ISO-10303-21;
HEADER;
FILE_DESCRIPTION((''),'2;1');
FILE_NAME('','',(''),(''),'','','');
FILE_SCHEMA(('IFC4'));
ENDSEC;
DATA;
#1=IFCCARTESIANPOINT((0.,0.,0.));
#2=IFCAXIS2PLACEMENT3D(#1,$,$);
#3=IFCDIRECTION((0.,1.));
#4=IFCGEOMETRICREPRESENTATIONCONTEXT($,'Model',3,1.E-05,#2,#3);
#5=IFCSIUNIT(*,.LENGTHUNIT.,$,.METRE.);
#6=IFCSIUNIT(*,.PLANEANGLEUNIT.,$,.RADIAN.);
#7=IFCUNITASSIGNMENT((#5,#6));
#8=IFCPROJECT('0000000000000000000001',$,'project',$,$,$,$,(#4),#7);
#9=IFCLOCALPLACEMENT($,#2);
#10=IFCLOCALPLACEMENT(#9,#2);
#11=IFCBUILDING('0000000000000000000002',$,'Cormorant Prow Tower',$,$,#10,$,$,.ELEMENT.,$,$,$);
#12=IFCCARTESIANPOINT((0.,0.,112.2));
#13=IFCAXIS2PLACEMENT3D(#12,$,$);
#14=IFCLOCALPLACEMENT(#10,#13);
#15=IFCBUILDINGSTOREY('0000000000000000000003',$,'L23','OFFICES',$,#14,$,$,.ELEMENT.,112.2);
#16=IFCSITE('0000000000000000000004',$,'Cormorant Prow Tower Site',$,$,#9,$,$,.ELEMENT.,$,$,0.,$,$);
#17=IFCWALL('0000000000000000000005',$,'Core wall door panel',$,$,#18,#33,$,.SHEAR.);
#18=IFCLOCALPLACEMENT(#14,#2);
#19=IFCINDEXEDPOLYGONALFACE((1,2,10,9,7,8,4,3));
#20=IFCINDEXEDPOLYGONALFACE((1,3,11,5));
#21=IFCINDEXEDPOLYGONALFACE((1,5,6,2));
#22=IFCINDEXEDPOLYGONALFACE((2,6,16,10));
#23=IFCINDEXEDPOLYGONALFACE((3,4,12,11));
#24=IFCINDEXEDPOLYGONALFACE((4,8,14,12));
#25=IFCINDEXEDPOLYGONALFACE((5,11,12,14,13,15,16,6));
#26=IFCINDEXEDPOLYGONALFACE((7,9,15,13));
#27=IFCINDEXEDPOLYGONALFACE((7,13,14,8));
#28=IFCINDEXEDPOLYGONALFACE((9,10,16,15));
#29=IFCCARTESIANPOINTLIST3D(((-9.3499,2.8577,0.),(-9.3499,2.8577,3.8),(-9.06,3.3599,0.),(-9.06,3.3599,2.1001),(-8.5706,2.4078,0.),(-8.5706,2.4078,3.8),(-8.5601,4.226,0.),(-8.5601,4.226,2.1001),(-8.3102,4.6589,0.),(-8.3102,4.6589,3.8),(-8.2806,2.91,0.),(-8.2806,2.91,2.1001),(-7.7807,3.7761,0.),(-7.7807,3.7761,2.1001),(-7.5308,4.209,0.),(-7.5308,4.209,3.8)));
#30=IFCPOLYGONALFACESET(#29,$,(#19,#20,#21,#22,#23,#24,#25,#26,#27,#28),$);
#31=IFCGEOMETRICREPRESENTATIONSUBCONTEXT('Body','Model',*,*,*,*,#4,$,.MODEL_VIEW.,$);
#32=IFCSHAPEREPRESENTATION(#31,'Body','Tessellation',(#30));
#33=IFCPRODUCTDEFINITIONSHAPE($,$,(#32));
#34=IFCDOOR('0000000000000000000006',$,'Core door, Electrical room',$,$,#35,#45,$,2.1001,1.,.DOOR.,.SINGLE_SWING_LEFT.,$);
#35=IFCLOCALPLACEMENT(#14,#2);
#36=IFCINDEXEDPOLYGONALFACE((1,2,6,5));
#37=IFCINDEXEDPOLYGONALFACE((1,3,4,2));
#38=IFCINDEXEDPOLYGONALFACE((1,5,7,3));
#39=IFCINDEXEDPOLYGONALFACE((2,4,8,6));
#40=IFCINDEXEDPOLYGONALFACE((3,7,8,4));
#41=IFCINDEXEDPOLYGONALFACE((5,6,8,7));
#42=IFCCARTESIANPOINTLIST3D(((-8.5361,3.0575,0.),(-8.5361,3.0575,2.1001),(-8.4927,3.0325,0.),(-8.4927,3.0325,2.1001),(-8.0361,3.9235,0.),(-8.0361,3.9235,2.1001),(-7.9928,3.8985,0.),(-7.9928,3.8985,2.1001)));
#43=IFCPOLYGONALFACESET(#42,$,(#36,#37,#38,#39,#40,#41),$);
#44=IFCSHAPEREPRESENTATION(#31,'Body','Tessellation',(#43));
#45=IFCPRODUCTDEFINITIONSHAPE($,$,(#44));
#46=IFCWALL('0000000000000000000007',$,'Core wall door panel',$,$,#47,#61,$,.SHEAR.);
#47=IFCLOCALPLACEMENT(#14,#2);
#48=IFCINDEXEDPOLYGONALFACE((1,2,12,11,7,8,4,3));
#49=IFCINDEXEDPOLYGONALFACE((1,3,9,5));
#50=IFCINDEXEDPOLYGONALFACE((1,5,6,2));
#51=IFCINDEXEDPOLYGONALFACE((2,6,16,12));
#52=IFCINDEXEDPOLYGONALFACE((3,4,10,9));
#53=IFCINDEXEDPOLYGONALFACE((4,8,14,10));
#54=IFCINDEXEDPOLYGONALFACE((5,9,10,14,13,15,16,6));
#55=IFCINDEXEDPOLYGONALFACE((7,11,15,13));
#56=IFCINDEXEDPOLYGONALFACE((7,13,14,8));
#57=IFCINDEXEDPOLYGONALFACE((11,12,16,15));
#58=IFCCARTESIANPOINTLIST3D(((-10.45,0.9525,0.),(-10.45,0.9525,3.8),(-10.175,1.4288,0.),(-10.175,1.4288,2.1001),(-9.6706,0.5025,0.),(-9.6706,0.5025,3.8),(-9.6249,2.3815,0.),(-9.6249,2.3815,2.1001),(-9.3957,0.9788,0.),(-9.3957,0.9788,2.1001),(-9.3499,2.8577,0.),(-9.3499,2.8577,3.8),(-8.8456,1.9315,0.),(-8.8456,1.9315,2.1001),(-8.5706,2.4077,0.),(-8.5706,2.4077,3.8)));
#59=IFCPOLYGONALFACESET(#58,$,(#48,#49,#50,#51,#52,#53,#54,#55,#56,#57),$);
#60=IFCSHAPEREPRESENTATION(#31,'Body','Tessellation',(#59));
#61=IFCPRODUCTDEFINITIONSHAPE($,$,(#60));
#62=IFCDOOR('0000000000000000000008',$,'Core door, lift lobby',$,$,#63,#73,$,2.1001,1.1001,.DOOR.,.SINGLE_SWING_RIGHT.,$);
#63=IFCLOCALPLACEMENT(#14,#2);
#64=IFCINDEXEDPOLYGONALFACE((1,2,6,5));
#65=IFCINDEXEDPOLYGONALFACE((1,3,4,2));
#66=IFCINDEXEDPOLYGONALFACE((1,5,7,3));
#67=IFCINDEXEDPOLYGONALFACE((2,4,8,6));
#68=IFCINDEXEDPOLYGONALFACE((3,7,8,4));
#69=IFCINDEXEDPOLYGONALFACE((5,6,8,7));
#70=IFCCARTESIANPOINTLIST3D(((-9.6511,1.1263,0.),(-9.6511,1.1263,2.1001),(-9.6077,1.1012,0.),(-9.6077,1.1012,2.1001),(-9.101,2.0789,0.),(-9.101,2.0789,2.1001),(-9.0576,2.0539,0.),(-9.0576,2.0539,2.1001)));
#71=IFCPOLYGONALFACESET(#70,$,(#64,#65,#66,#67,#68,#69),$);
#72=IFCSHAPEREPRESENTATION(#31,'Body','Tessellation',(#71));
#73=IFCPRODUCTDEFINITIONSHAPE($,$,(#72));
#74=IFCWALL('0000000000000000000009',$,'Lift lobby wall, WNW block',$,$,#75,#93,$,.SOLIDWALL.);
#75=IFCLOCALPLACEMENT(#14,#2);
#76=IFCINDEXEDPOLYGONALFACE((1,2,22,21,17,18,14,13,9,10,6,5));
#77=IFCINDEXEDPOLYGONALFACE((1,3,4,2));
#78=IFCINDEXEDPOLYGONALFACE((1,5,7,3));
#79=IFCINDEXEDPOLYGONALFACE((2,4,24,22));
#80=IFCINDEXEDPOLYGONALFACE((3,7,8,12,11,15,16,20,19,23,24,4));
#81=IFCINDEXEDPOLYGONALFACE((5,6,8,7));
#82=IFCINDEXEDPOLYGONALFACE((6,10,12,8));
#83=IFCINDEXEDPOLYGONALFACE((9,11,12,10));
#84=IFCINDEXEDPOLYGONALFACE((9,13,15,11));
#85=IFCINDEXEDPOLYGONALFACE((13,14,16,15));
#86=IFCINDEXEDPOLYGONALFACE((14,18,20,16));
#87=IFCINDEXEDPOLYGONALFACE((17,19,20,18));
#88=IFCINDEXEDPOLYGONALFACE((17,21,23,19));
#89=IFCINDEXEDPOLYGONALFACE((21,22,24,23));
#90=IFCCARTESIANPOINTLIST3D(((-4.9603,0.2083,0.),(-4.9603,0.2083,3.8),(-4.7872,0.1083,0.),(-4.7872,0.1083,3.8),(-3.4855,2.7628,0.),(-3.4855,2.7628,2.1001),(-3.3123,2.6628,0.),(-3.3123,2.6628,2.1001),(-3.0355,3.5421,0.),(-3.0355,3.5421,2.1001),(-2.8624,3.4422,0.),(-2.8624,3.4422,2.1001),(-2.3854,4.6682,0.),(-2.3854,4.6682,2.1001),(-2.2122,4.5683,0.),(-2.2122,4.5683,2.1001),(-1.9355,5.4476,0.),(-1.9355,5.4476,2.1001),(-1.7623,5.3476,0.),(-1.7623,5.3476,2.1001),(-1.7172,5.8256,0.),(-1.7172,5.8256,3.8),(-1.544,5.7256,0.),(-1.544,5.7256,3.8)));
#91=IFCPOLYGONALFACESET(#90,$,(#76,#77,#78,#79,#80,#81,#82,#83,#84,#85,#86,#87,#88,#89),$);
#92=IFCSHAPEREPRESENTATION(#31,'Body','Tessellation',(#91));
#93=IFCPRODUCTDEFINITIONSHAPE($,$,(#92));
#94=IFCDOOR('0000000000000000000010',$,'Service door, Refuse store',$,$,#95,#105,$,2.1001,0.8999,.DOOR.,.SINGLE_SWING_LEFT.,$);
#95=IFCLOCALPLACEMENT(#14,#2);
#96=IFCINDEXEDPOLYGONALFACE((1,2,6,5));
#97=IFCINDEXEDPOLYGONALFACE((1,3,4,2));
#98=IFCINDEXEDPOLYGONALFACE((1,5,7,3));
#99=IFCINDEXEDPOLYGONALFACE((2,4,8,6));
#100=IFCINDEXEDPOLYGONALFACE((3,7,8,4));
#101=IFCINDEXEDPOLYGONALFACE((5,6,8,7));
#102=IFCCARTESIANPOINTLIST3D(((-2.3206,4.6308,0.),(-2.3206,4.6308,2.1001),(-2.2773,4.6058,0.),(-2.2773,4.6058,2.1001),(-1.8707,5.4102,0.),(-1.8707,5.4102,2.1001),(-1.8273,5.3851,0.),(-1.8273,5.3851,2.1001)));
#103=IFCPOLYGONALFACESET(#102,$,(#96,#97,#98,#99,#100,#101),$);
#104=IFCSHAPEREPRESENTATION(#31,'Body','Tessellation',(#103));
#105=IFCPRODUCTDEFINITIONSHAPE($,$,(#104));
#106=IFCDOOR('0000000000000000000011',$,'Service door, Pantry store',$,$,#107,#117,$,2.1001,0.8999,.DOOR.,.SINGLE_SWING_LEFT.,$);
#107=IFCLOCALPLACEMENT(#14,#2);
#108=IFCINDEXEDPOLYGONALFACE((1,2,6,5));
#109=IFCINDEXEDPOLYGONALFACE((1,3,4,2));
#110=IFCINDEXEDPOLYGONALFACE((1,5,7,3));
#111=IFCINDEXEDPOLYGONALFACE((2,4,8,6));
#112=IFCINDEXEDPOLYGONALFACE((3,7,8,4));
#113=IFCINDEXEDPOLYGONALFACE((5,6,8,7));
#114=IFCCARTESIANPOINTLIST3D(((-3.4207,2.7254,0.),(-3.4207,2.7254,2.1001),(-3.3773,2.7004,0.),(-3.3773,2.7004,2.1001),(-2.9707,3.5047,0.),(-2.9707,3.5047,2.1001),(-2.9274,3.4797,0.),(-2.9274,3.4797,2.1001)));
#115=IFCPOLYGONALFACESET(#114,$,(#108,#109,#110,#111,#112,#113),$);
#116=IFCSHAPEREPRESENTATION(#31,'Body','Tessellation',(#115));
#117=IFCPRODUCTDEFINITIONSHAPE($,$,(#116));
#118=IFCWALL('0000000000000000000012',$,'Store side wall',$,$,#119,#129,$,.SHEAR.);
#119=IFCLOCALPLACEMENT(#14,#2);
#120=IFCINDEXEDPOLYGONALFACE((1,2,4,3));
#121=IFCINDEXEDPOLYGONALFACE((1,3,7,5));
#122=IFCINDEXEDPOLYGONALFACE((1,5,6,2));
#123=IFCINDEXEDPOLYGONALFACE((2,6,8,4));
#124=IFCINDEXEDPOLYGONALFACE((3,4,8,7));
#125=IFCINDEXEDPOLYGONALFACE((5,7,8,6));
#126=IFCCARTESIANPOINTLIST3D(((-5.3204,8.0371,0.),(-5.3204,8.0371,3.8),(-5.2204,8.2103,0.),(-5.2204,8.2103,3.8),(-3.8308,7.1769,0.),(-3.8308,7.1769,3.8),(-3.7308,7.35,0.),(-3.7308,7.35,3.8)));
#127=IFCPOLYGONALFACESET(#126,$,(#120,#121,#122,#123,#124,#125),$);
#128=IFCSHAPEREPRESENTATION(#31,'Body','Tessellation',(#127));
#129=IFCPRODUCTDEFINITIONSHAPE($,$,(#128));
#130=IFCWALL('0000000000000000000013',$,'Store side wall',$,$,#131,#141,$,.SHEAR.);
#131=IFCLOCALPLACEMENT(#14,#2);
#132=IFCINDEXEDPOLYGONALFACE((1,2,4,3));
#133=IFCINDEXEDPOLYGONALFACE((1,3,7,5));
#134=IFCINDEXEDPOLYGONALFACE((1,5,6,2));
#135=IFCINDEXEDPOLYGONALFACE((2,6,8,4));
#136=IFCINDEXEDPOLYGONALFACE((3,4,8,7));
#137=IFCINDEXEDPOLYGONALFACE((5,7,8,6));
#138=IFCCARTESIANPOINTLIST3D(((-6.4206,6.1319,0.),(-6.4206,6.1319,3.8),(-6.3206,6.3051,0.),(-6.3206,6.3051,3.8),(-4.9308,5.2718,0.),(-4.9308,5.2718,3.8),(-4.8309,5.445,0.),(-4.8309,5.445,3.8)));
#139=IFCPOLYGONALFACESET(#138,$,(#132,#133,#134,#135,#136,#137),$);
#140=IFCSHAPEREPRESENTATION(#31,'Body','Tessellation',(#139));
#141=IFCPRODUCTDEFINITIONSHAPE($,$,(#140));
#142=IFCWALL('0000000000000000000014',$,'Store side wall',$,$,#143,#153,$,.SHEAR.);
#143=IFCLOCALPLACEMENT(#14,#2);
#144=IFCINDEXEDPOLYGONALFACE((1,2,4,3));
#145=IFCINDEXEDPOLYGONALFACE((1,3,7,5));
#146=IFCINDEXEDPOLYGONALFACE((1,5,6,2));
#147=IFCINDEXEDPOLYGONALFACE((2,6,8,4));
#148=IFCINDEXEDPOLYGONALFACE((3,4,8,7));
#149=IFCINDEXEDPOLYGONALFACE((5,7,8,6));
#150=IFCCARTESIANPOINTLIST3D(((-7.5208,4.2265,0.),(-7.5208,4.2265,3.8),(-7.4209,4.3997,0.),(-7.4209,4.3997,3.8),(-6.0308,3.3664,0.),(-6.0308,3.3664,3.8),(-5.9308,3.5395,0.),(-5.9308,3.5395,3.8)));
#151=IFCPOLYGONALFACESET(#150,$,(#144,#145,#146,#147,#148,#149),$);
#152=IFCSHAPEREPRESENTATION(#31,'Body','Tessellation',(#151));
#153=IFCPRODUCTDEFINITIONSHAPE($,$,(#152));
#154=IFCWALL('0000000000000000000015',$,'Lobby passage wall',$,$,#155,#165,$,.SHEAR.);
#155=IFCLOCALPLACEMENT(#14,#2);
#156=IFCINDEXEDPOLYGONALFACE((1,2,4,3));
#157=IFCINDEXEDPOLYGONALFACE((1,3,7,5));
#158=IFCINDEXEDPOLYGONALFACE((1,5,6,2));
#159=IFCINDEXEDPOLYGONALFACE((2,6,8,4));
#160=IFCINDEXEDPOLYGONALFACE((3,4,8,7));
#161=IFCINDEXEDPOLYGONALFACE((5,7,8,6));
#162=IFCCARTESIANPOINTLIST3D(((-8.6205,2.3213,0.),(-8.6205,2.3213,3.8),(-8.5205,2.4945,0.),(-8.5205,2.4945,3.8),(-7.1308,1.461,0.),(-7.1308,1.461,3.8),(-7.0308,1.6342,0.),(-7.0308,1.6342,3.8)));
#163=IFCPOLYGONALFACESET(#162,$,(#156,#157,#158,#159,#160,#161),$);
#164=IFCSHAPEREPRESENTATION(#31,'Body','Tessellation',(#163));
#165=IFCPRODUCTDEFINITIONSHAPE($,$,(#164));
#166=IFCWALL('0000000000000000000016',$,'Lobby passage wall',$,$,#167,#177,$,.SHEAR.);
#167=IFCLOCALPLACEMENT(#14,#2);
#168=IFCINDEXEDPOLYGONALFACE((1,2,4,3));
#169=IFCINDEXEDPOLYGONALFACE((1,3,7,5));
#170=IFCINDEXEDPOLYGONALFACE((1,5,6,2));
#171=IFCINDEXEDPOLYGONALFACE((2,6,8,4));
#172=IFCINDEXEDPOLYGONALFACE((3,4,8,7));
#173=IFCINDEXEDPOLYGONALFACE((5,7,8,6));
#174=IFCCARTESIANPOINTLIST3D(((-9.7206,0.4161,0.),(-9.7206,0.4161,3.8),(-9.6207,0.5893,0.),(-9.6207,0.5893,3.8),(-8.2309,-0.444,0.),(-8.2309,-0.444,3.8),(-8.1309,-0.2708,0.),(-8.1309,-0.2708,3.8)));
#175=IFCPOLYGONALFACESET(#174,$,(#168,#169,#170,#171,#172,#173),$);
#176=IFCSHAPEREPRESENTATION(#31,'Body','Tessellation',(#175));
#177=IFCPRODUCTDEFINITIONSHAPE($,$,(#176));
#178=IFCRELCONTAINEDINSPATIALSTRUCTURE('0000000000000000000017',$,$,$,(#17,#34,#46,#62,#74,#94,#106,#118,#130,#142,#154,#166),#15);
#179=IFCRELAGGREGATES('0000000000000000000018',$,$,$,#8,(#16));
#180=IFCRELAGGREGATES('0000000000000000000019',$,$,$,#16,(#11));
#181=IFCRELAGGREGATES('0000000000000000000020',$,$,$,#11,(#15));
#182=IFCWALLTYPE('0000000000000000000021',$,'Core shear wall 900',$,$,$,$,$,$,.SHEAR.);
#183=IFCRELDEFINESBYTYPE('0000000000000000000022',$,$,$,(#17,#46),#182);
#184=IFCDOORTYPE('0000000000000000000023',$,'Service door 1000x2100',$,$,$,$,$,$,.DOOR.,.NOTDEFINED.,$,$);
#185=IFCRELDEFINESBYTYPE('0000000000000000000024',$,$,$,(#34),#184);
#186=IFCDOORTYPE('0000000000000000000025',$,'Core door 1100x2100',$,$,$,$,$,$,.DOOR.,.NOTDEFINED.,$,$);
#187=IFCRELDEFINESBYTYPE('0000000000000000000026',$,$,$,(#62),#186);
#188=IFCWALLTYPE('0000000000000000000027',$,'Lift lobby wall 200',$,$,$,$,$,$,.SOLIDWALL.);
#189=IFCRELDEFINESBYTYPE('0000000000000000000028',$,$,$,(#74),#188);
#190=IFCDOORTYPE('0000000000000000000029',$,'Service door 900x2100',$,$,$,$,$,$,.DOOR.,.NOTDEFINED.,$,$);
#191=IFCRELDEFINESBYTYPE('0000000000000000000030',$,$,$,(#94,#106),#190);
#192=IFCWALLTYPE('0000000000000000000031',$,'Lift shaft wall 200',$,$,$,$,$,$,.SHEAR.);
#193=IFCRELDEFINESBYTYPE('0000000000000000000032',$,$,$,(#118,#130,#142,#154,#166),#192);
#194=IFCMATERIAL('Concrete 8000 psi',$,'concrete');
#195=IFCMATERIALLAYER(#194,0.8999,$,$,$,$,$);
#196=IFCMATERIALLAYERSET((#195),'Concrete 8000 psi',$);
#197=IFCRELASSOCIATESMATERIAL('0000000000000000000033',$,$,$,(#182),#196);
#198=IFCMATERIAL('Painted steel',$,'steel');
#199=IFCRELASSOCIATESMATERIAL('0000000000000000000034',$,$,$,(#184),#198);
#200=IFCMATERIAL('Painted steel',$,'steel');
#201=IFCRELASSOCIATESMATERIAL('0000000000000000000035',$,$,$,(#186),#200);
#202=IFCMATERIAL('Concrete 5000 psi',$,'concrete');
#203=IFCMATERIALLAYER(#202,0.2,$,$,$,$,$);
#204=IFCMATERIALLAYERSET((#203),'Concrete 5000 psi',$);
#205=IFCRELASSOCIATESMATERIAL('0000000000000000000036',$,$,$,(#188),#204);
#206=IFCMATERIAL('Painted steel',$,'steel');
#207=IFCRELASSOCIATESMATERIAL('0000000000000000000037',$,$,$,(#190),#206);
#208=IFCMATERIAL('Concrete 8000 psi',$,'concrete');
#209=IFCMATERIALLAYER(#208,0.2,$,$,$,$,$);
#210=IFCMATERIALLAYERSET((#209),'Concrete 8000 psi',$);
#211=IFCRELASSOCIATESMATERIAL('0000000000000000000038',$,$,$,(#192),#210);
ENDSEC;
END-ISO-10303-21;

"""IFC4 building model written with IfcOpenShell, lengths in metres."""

from ifc_helpers import new_model, si_unit, direction, frame, frame_2d, origin, place, context, subcontext, project, spatial, rectangle, extrude, material, layer, layer_set, type_object, element, fill, save


model = new_model("IFC4")

# Units and contexts
model_context = context("Model", 3, precision=1e-05, world=origin(), true_north=direction((0.0, 1.0)))
body_context = subcontext(model_context, "Body", "Model", "MODEL_VIEW")
ifc_project = project(units=[si_unit("LENGTHUNIT", "METRE"), si_unit("PLANEANGLEUNIT", "RADIAN")], contexts=[model_context])

# Site, building, storey
site_placement = place(None, origin())
site = spatial("IfcSite", under=ifc_project, at=site_placement, Name="Cormorant Prow Tower Site", CompositionType="ELEMENT", RefElevation=0.0)
building_placement = place(site_placement, origin())
building = spatial("IfcBuilding", under=site, at=building_placement, Name="Cormorant Prow Tower", CompositionType="ELEMENT")
storey_placement = place(building_placement, frame((0.0, 0.0, 112.2)))
storey = spatial("IfcBuildingStorey", under=building, at=storey_placement, Name="L23", Description="OFFICES", CompositionType="ELEMENT", Elevation=112.2)

# Shared definitions
ifc_material_1 = material(Name="Concrete 8000 psi", Category="concrete")
ifc_layer_1 = layer(ifc_material_1, 0.8999)
ifc_layer_set_1 = layer_set([ifc_layer_1], Name="Concrete 8000 psi")
wall_type_1 = type_object("IfcWallType", Name="Core shear wall 900", PredefinedType="SHEAR", material=ifc_layer_set_1)

# Walls, openings, doors
wall_1_placement = place(storey_placement, frame((-7.9204, 4.4341, 0.0), z_axis=(0.0, 0.0, 1.0), x_axis=(-0.499939, -0.86606, 0.0)))
wall_1 = element("IfcWall", 1, at=wall_1_placement, inside=storey, type_object=wall_type_1, Name="Core wall door panel", PredefinedType="SHEAR", context=body_context, shape_type="SweptSolid", body=[
    extrude(rectangle(XDim=2.0798, YDim=0.8999, at=frame_2d((1.04, 0.0))), origin(), (0.0, 0.0, 1.0), 3.8),
])
opening_1_placement = place(wall_1_placement, frame((0.5, 0.0, 0.0)))
opening_1 = element("IfcOpeningElement", 2, at=opening_1_placement, cuts=wall_1, PredefinedType="OPENING", context=body_context, shape_type="SweptSolid", body=[
    extrude(rectangle(XDim=1.0, YDim=2.1001, at=frame_2d((0.5, 1.05))), frame((0.0, 0.46, 0.0), z_axis=(0.0, -1.0, 0.0), x_axis=(1.0, 0.0, 0.0)), (0.0, 0.0, 1.0), 0.9199),
])
ifc_material_2 = material(Name="Painted steel", Category="steel")
door_type_1 = type_object("IfcDoorType", Name="Service door 1000x2100", OperationType="NOTDEFINED", PredefinedType="DOOR", material=ifc_material_2)
door_1_placement = place(opening_1_placement, origin())
door_1 = element("IfcDoor", 3, at=door_1_placement, inside=storey, type_object=door_type_1, Name="Core door, Electrical room", OperationType="SINGLE_SWING_LEFT", OverallHeight=2.1001, OverallWidth=1.0, PredefinedType="DOOR", context=body_context, shape_type="SweptSolid", body=[
    extrude(rectangle(XDim=1.0, YDim=2.1001, at=frame_2d((0.5, 1.05))), frame((0.0, 0.2051, 0.0), z_axis=(0.0, -1.0, 0.0), x_axis=(1.0, 0.0, 0.0)), (0.0, 0.0, 1.0), 0.05),
])
fill(opening_1, door_1)
wall_2_placement = place(storey_placement, frame((-8.9602, 2.6328, 0.0), z_axis=(0.0, 0.0, 1.0), x_axis=(-0.50003, -0.866008, 0.0)))
wall_2 = element("IfcWall", 4, at=wall_2_placement, inside=storey, type_object=wall_type_1, Name="Core wall door panel", PredefinedType="SHEAR", context=body_context, shape_type="SweptSolid", body=[
    extrude(rectangle(XDim=2.2, YDim=0.8999, at=frame_2d((1.1001, 0.0))), origin(), (0.0, 0.0, 1.0), 3.8),
])
opening_2_placement = place(wall_2_placement, frame((0.55, 0.0, 0.0)))
opening_2 = element("IfcOpeningElement", 5, at=opening_2_placement, cuts=wall_2, PredefinedType="OPENING", context=body_context, shape_type="SweptSolid", body=[
    extrude(rectangle(XDim=1.1001, YDim=2.1001, at=frame_2d((0.55, 1.05))), frame((0.0, 0.46, 0.0), z_axis=(0.0, -1.0, 0.0), x_axis=(1.0, 0.0, 0.0)), (0.0, 0.0, 1.0), 0.9199),
])
ifc_material_3 = material(Name="Painted steel", Category="steel")
door_type_2 = type_object("IfcDoorType", Name="Core door 1100x2100", OperationType="NOTDEFINED", PredefinedType="DOOR", material=ifc_material_3)
door_2_placement = place(opening_2_placement, origin())
door_2 = element("IfcDoor", 6, at=door_2_placement, inside=storey, type_object=door_type_2, Name="Core door, lift lobby", OperationType="SINGLE_SWING_RIGHT", OverallHeight=2.1001, OverallWidth=1.1001, PredefinedType="DOOR", context=body_context, shape_type="SweptSolid", body=[
    extrude(rectangle(XDim=1.1001, YDim=2.1001, at=frame_2d((0.55, 1.05))), frame((0.0, 0.2051, 0.0), z_axis=(0.0, -1.0, 0.0), x_axis=(1.0, 0.0, 0.0)), (0.0, 0.0, 1.0), 0.05),
])
fill(opening_2, door_2)

# Wall, openings, doors
ifc_material_4 = material(Name="Concrete 5000 psi", Category="concrete")
ifc_layer_2 = layer(ifc_material_4, 0.2)
ifc_layer_set_2 = layer_set([ifc_layer_2], Name="Concrete 5000 psi")
wall_type_2 = type_object("IfcWallType", Name="Lift lobby wall 200", PredefinedType="SOLIDWALL", material=ifc_layer_set_2)
wall_3_placement = place(storey_placement, frame((-1.6306, 5.7756, 0.0), z_axis=(0.0, 0.0, 1.0), x_axis=(-0.499993, -0.86603, 0.0)))
wall_3 = element("IfcWall", 7, at=wall_3_placement, inside=storey, type_object=wall_type_2, Name="Lift lobby wall, WNW block", PredefinedType="SOLIDWALL", context=body_context, shape_type="SweptSolid", body=[
    extrude(rectangle(XDim=6.4863, YDim=0.2, at=frame_2d((3.2432, 0.0))), origin(), (0.0, 0.0, 1.0), 3.8),
])
opening_3_placement = place(wall_3_placement, frame((0.4365, 0.0, 0.0)))
opening_3 = element("IfcOpeningElement", 8, at=opening_3_placement, cuts=wall_3, PredefinedType="OPENING", context=body_context, shape_type="SweptSolid", body=[
    extrude(rectangle(XDim=0.8999, YDim=2.1001, at=frame_2d((0.45, 1.05))), frame((0.0, 0.1099, 0.0), z_axis=(0.0, -1.0, 0.0), x_axis=(1.0, 0.0, 0.0)), (0.0, 0.0, 1.0), 0.22),
])
opening_4_placement = place(wall_3_placement, frame((2.6367, 0.0, 0.0)))
opening_4 = element("IfcOpeningElement", 9, at=opening_4_placement, cuts=wall_3, PredefinedType="OPENING", context=body_context, shape_type="SweptSolid", body=[
    extrude(rectangle(XDim=0.8999, YDim=2.1001, at=frame_2d((0.45, 1.05))), frame((0.0, 0.1099, 0.0), z_axis=(0.0, -1.0, 0.0), x_axis=(1.0, 0.0, 0.0)), (0.0, 0.0, 1.0), 0.22),
])
ifc_material_5 = material(Name="Painted steel", Category="steel")
door_type_3 = type_object("IfcDoorType", Name="Service door 900x2100", OperationType="NOTDEFINED", PredefinedType="DOOR", material=ifc_material_5)
door_3_placement = place(opening_3_placement, origin())
door_3 = element("IfcDoor", 10, at=door_3_placement, inside=storey, type_object=door_type_3, Name="Service door, Refuse store", OperationType="SINGLE_SWING_LEFT", OverallHeight=2.1001, OverallWidth=0.8999, PredefinedType="DOOR", context=body_context, shape_type="SweptSolid", body=[
    extrude(rectangle(XDim=0.8999, YDim=2.1001, at=frame_2d((0.45, 1.05))), frame((0.0, 0.0249, 0.0), z_axis=(0.0, -1.0, 0.0), x_axis=(1.0, 0.0, 0.0)), (0.0, 0.0, 1.0), 0.05),
])
fill(opening_3, door_3)
door_4_placement = place(opening_4_placement, origin())
door_4 = element("IfcDoor", 11, at=door_4_placement, inside=storey, type_object=door_type_3, Name="Service door, Pantry store", OperationType="SINGLE_SWING_LEFT", OverallHeight=2.1001, OverallWidth=0.8999, PredefinedType="DOOR", context=body_context, shape_type="SweptSolid", body=[
    extrude(rectangle(XDim=0.8999, YDim=2.1001, at=frame_2d((0.45, 1.05))), frame((0.0, 0.0249, 0.0), z_axis=(0.0, -1.0, 0.0), x_axis=(1.0, 0.0, 0.0)), (0.0, 0.0, 1.0), 0.05),
])
fill(opening_4, door_4)

# Walls
ifc_material_6 = material(Name="Concrete 8000 psi", Category="concrete")
ifc_layer_3 = layer(ifc_material_6, 0.2)
ifc_layer_set_3 = layer_set([ifc_layer_3], Name="Concrete 8000 psi")
wall_type_3 = type_object("IfcWallType", Name="Lift shaft wall 200", PredefinedType="SHEAR", material=ifc_layer_set_3)
for number, where, z_axis, x_axis, name in (
    (12, (-3.7808, 7.2634, 0.0), (0.0, 0.0, 1.0), (-0.865963, 0.500107, 0.0), "Store side wall"),
    (13, (-4.8809, 5.3584, 0.0), (0.0, 0.0, 1.0), (-0.866025, 0.500001, 0.0), "Store side wall"),
):
    element("IfcWall", number, at=place(storey_placement, frame(where, z_axis=z_axis, x_axis=x_axis)), inside=storey, type_object=wall_type_3, Name=name, PredefinedType="SHEAR", context=body_context, shape_type="SweptSolid", body=[
        extrude(rectangle(XDim=1.7202, YDim=0.2, at=frame_2d((0.8601, 0.0))), origin(), (0.0, 0.0, 1.0), 3.8),
    ])
wall_4_placement = place(storey_placement, frame((-5.9807, 3.4529, 0.0), z_axis=(0.0, 0.0, 1.0), x_axis=(-0.86606, 0.499939, 0.0)))
element("IfcWall", 14, at=wall_4_placement, inside=storey, type_object=wall_type_3, Name="Store side wall", PredefinedType="SHEAR", context=body_context, shape_type="SweptSolid", body=[
    extrude(rectangle(XDim=1.7205, YDim=0.2, at=frame_2d((0.8604, 0.0))), origin(), (0.0, 0.0, 1.0), 3.8),
])
for number, where, z_axis, x_axis, name in (
    (15, (-7.0808, 1.5476, 0.0), (0.0, 0.0, 1.0), (-0.865963, 0.500107, 0.0), "Lobby passage wall"),
    (16, (-8.1809, -0.3574, 0.0), (0.0, 0.0, 1.0), (-0.866025, 0.500001, 0.0), "Lobby passage wall"),
):
    element("IfcWall", number, at=place(storey_placement, frame(where, z_axis=z_axis, x_axis=x_axis)), inside=storey, type_object=wall_type_3, Name=name, PredefinedType="SHEAR", context=body_context, shape_type="SweptSolid", body=[
        extrude(rectangle(XDim=1.7202, YDim=0.2, at=frame_2d((0.8601, 0.0))), origin(), (0.0, 0.0, 1.0), 3.8),
    ])

save(model, "model.ifc")
